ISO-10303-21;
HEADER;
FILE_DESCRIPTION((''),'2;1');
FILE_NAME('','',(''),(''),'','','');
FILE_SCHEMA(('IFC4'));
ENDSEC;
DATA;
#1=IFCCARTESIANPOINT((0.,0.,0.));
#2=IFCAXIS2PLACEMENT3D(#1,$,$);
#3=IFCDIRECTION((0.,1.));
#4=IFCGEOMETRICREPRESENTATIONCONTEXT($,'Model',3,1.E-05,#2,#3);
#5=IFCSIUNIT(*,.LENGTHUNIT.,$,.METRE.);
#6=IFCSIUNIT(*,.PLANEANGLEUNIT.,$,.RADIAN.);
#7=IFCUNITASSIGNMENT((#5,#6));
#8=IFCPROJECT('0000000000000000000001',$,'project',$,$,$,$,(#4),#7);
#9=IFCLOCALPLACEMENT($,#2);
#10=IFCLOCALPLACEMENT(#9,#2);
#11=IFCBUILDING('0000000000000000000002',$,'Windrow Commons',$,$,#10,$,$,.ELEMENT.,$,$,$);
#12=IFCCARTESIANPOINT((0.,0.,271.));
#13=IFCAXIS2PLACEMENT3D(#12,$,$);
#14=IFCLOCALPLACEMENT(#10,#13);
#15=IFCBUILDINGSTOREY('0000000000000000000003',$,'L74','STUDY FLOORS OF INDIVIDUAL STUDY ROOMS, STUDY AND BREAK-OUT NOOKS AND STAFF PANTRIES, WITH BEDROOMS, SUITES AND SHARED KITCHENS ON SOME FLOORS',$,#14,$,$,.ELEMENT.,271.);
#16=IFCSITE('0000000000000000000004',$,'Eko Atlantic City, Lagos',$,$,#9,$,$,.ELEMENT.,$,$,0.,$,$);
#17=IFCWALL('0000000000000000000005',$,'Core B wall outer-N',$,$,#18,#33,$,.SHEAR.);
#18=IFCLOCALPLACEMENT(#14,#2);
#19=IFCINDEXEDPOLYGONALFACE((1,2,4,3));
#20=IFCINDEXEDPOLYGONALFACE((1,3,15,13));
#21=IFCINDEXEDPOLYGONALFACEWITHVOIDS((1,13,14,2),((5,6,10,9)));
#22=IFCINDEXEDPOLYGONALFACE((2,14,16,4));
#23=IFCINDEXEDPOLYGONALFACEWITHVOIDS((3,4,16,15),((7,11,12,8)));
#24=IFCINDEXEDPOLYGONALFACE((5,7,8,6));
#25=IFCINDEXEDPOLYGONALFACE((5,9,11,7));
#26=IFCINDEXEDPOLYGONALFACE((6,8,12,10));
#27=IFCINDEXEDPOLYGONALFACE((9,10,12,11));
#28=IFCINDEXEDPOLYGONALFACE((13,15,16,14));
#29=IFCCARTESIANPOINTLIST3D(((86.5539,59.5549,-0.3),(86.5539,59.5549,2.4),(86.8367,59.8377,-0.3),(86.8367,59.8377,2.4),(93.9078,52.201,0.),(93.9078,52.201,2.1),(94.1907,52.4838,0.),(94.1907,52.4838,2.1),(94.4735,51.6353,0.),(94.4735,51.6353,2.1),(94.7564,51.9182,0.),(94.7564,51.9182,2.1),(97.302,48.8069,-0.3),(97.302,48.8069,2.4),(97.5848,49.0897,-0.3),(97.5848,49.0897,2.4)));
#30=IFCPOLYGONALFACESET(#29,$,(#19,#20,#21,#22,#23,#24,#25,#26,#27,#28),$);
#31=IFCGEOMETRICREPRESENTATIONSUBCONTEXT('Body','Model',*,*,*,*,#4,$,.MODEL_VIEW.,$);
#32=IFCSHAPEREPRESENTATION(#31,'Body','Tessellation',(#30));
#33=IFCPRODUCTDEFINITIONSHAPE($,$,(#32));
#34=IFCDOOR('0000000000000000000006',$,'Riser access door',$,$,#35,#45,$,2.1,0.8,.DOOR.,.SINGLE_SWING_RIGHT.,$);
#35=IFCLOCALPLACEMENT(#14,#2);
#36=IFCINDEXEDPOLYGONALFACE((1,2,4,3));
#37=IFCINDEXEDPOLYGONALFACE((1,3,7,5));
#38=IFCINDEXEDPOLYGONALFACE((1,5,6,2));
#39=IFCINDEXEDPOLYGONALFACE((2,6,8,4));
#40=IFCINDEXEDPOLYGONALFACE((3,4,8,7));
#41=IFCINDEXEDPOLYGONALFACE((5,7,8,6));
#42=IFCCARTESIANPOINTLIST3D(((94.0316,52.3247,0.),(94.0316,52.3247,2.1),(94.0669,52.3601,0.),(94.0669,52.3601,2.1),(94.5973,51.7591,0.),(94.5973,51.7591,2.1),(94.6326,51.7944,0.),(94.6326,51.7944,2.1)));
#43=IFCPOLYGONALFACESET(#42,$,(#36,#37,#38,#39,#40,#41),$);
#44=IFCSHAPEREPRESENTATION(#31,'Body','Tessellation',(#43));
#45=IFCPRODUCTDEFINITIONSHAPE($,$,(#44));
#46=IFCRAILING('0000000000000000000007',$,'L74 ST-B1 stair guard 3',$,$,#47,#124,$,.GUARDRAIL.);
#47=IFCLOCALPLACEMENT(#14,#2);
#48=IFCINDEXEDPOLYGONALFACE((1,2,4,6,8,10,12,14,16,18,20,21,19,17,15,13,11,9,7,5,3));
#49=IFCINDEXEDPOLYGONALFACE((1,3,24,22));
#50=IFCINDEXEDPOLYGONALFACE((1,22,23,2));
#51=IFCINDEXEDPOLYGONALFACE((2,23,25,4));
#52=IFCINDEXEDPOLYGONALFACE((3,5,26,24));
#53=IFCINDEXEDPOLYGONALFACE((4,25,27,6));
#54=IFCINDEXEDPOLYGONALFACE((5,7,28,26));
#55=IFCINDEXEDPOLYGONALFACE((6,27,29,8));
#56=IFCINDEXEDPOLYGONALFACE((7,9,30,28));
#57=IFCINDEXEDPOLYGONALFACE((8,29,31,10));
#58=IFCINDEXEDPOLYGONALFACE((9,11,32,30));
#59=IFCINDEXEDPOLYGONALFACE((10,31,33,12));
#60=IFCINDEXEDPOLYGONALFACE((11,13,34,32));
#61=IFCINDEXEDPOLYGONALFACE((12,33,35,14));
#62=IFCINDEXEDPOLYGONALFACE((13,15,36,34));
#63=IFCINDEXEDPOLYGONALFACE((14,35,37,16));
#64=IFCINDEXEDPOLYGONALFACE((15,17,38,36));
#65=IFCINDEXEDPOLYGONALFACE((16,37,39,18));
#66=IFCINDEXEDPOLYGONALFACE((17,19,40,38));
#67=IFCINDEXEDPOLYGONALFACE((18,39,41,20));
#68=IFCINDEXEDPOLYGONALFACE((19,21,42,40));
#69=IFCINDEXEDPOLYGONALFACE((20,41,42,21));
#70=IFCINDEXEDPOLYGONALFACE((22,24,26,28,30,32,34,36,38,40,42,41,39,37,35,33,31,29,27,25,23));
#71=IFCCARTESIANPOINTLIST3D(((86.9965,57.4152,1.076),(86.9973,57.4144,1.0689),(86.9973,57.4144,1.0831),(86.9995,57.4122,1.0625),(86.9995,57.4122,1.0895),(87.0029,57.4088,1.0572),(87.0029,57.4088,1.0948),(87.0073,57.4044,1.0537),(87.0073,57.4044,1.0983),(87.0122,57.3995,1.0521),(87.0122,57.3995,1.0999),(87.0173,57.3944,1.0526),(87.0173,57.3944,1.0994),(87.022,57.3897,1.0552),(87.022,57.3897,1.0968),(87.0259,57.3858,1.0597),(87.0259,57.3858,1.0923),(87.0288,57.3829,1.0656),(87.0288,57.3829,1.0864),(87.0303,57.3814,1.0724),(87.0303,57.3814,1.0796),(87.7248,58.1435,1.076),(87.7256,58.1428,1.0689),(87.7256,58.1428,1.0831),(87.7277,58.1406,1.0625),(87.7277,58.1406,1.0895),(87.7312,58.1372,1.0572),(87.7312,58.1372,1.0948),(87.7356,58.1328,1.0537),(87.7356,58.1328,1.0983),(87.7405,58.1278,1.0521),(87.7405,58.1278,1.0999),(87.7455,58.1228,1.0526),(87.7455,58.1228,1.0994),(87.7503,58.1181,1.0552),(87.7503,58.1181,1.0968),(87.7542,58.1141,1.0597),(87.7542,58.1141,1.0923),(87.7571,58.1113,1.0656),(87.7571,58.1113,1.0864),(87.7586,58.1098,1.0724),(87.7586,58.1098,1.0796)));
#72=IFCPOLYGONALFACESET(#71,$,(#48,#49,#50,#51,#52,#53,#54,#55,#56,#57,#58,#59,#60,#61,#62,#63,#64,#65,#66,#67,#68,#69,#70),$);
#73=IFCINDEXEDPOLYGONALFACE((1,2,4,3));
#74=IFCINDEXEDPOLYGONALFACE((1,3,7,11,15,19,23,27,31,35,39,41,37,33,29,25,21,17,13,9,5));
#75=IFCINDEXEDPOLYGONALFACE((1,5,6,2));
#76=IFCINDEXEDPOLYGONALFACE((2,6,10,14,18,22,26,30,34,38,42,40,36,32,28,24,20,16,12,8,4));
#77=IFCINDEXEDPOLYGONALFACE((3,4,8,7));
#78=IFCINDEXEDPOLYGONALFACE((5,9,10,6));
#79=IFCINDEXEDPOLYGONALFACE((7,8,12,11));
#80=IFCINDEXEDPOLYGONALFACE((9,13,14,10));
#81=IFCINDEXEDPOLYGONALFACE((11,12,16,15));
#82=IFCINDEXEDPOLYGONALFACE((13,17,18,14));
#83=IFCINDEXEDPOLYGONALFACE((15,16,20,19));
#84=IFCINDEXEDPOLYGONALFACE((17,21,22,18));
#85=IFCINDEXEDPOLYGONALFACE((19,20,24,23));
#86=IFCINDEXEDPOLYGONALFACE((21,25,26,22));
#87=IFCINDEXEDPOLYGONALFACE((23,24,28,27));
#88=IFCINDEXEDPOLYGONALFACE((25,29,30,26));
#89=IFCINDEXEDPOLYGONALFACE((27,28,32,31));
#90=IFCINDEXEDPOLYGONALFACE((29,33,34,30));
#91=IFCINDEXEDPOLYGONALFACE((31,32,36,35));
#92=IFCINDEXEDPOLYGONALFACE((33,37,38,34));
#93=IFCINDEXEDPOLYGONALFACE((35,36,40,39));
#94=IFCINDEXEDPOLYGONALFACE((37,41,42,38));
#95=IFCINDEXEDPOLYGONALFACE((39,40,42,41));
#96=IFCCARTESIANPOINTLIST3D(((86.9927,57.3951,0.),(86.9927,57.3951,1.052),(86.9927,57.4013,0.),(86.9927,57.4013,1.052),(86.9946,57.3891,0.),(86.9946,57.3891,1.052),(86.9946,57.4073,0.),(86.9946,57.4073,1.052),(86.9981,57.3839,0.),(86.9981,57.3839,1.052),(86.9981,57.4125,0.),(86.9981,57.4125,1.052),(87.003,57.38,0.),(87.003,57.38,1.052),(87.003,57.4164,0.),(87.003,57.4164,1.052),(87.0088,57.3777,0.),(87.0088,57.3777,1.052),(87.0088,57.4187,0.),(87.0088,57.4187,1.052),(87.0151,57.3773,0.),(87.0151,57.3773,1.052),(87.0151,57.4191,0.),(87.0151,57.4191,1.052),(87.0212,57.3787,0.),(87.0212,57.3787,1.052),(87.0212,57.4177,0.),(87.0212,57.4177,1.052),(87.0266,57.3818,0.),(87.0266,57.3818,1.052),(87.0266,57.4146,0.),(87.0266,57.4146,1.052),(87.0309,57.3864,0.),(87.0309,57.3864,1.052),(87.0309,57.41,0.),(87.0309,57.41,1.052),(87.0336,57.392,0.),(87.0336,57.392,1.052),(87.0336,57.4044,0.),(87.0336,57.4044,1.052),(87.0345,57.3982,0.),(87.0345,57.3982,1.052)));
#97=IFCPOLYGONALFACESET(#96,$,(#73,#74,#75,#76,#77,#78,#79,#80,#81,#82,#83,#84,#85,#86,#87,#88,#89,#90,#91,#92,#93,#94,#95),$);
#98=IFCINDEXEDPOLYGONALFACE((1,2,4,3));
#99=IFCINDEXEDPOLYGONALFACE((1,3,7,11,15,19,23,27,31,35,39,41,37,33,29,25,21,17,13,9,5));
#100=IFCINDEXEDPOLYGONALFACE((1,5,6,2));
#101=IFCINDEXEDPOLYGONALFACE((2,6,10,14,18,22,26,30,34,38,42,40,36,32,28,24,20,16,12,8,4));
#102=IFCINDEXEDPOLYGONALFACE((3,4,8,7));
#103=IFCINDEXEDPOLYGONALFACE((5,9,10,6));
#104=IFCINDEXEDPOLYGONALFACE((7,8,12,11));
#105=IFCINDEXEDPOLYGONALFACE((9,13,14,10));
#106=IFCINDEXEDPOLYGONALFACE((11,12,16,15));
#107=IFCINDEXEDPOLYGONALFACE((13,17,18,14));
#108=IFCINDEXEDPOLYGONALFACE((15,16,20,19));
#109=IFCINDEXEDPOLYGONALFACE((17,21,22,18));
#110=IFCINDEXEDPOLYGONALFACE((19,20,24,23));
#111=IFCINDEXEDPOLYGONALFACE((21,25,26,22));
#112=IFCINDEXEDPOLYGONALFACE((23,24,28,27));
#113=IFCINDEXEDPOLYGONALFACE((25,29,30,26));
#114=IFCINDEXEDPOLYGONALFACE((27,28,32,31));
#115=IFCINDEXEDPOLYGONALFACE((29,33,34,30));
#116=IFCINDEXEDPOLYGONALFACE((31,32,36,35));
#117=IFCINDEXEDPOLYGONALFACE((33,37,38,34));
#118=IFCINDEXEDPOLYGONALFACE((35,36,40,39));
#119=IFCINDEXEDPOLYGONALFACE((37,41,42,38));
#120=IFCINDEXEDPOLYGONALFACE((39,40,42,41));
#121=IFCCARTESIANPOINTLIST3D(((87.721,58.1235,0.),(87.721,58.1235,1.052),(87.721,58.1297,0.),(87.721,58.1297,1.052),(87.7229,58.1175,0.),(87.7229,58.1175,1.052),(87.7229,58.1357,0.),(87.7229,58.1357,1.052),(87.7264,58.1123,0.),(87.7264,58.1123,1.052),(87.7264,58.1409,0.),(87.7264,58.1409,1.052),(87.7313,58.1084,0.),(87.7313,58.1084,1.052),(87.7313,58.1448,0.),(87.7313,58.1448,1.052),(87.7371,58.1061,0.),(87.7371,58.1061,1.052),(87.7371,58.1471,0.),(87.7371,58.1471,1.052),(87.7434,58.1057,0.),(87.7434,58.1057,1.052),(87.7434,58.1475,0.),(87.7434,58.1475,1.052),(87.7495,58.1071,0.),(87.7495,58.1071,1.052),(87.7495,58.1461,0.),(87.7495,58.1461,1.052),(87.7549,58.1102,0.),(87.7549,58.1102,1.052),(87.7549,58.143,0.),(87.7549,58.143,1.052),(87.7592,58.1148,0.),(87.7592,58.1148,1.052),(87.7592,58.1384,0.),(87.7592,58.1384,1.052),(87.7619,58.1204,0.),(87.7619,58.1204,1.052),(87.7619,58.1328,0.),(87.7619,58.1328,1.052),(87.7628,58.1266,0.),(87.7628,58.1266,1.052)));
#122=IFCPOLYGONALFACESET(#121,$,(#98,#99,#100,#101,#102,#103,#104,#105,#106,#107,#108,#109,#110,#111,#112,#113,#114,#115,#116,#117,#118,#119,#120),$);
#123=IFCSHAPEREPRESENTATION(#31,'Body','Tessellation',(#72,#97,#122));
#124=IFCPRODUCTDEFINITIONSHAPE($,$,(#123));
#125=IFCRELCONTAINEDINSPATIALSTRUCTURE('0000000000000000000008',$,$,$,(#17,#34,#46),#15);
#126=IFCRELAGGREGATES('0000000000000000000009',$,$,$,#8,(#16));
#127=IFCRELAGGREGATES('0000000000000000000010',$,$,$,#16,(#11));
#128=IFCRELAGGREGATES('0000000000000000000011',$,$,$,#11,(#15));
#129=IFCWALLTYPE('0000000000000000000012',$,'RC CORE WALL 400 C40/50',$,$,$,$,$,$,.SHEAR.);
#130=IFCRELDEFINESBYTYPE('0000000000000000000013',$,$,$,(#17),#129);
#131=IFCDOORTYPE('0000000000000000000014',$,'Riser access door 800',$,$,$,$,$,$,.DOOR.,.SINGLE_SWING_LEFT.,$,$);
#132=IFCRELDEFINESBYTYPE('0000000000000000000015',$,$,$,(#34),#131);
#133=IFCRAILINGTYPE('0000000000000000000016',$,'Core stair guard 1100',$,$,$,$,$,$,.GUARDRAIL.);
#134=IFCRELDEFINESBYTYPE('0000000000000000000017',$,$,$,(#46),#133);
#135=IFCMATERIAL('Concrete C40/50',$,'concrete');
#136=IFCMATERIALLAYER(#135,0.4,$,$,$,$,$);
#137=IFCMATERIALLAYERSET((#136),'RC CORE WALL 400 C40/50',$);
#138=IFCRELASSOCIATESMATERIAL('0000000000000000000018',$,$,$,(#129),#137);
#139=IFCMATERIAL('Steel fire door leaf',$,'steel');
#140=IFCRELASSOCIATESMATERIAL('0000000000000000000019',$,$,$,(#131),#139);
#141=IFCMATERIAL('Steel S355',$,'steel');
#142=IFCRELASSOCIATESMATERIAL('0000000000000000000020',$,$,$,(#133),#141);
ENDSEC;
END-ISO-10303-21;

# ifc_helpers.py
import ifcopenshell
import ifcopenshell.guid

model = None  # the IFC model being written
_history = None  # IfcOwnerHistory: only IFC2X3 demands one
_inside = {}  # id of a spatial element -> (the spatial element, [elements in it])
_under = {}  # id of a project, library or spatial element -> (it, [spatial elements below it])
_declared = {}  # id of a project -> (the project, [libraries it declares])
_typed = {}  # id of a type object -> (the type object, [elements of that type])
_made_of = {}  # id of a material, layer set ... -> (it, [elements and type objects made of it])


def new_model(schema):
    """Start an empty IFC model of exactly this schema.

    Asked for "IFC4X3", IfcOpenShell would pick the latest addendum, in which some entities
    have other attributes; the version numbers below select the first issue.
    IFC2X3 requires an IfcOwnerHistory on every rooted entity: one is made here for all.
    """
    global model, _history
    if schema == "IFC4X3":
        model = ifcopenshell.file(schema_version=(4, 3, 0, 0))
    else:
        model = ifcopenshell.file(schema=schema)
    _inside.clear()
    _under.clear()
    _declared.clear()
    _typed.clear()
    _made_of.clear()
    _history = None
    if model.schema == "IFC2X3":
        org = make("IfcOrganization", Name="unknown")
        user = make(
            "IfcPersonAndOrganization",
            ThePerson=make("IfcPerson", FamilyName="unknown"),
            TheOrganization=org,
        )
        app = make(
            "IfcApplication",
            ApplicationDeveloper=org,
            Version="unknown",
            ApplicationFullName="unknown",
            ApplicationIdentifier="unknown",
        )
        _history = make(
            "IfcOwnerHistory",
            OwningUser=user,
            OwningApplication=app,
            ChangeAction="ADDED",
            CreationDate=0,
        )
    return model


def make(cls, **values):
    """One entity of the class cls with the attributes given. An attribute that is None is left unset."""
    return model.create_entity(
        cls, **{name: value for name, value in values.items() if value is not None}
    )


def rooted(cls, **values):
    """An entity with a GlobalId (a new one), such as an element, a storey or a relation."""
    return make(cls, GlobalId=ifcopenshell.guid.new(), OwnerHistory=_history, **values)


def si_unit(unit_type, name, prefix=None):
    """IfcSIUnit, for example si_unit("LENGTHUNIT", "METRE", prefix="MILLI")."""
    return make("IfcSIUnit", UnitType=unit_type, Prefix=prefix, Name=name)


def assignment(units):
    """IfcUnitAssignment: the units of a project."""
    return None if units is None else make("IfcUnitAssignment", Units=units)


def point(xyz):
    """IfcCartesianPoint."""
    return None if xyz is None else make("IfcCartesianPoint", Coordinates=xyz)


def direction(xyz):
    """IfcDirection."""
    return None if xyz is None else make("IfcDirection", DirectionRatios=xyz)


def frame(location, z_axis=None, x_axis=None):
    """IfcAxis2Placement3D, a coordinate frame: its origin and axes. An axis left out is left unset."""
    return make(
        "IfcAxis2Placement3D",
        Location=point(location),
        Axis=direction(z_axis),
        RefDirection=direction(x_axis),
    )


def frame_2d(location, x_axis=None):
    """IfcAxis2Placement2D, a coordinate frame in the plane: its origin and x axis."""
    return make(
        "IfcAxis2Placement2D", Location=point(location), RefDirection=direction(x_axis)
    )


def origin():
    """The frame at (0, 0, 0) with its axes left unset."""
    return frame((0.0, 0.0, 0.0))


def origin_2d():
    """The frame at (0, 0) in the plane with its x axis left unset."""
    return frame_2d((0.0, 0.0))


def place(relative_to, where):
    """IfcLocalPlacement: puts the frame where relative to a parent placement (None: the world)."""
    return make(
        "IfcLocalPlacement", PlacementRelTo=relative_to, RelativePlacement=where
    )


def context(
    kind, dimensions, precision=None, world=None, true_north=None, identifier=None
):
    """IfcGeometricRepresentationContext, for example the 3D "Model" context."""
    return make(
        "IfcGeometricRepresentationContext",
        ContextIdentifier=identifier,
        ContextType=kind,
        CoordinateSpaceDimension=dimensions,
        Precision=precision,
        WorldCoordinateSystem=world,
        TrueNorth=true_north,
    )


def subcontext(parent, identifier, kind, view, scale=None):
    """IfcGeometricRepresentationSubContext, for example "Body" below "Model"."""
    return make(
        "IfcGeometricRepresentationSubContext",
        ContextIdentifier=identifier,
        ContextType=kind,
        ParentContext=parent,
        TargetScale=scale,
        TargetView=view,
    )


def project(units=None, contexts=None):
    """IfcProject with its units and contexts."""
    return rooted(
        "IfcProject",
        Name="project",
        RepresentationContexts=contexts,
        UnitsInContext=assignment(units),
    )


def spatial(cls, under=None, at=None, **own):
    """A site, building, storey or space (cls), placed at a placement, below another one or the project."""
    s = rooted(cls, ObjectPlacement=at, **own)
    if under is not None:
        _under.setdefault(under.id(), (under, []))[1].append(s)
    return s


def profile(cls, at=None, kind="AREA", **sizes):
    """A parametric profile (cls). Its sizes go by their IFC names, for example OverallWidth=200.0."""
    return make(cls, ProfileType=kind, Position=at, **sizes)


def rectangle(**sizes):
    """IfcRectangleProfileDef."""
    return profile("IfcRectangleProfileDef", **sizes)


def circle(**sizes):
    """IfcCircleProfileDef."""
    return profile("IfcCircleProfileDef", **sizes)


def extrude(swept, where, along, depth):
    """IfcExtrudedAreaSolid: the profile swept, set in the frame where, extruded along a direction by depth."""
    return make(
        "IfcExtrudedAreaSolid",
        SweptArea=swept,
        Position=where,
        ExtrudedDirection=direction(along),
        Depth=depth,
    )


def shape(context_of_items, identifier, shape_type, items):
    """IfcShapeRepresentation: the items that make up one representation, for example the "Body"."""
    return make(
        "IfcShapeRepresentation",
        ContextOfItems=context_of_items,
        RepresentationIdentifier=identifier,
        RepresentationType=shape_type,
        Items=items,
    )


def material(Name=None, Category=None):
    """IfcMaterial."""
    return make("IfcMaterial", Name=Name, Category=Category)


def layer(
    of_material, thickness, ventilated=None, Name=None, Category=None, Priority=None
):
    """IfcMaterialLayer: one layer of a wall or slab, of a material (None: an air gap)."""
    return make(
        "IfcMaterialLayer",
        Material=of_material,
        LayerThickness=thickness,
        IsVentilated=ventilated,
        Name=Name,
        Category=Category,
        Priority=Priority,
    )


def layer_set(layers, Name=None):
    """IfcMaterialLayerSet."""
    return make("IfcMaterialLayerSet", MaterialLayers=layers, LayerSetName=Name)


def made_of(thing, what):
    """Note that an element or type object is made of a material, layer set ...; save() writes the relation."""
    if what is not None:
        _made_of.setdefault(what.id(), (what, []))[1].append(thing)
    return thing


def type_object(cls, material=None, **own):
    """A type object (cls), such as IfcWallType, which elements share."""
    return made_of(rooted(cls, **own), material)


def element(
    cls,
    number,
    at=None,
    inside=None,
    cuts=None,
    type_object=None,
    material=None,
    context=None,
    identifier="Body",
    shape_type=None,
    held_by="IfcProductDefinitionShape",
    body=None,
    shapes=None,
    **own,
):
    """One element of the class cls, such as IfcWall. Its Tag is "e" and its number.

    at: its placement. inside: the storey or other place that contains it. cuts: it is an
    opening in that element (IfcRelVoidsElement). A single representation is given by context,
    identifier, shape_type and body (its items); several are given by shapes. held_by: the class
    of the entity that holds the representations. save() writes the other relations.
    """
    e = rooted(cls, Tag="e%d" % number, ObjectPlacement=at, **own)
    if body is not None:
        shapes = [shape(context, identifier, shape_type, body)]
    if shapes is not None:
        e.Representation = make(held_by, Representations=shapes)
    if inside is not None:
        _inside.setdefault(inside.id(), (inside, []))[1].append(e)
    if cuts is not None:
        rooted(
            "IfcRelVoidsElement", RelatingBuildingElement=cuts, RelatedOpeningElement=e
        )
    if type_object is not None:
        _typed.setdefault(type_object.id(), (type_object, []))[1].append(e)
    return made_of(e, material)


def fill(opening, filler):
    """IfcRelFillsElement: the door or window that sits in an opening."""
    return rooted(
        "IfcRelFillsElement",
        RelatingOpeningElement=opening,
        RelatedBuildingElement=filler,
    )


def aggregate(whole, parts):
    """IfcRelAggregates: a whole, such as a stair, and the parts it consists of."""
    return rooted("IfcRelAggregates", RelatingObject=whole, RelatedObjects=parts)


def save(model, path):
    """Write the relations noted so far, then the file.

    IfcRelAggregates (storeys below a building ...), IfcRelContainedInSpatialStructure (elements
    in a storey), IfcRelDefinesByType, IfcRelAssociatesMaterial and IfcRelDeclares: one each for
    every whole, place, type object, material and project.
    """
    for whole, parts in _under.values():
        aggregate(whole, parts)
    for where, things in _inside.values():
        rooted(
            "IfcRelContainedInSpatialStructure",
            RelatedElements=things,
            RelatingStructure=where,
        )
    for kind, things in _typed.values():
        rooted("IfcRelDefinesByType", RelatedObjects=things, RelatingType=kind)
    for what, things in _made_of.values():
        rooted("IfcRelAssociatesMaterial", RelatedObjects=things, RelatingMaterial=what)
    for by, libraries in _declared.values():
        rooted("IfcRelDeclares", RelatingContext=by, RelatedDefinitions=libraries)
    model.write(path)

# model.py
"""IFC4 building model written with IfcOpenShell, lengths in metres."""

from ifc_helpers import new_model, si_unit, direction, frame, frame_2d, origin, origin_2d, place, context, subcontext, project, spatial, rectangle, circle, extrude, material, layer, layer_set, type_object, element, fill, save


model = new_model("IFC4")

# Units and contexts
model_context = context("Model", 3, precision=1e-05, world=origin(), true_north=direction((0.0, 1.0)))
body_context = subcontext(model_context, "Body", "Model", "MODEL_VIEW")
ifc_project = project(units=[si_unit("LENGTHUNIT", "METRE"), si_unit("PLANEANGLEUNIT", "RADIAN")], contexts=[model_context])

# Site, building, storey
site_placement = place(None, origin())
site = spatial("IfcSite", under=ifc_project, at=site_placement, Name="Eko Atlantic City, Lagos", CompositionType="ELEMENT", RefElevation=0.0)
building_placement = place(site_placement, origin())
building = spatial("IfcBuilding", under=site, at=building_placement, Name="Windrow Commons", CompositionType="ELEMENT")
storey_placement = place(building_placement, frame((0.0, 0.0, 271.0)))
storey = spatial("IfcBuildingStorey", under=building, at=storey_placement, Name="L74", Description="STUDY FLOORS OF INDIVIDUAL STUDY ROOMS, STUDY AND BREAK-OUT NOOKS AND STAFF PANTRIES, WITH BEDROOMS, SUITES AND SHARED KITCHENS ON SOME FLOORS", CompositionType="ELEMENT", Elevation=271.0)

# Wall, opening, door
ifc_material_1 = material(Name="Concrete C40/50", Category="concrete")
ifc_layer_1 = layer(ifc_material_1, 0.4)
ifc_layer_set_1 = layer_set([ifc_layer_1], Name="RC CORE WALL 400 C40/50")
wall_type_1 = type_object("IfcWallType", Name="RC CORE WALL 400 C40/50", PredefinedType="SHEAR", material=ifc_layer_set_1)
wall_1_placement = place(storey_placement, frame((86.6953, 59.6963, -0.3), z_axis=(0.0, 0.0, 1.0), x_axis=(0.70711, -0.707103, 0.0)))
wall_1 = element("IfcWall", 1, at=wall_1_placement, inside=storey, type_object=wall_type_1, Name="Core B wall outer-N", PredefinedType="SHEAR", context=body_context, shape_type="SweptSolid", body=[
    extrude(rectangle(XDim=15.2, YDim=0.4, at=frame_2d((7.6, 0.0))), origin(), (0.0, 0.0, 1.0), 2.7),
])
opening_1_placement = place(wall_1_placement, frame((10.4, 0.0, 0.3)))
opening_1 = element("IfcOpeningElement", 2, at=opening_1_placement, cuts=wall_1, PredefinedType="OPENING", context=body_context, shape_type="SweptSolid", body=[
    extrude(rectangle(XDim=0.8, YDim=2.1, at=frame_2d((0.4, 1.05))), frame((0.0, 0.21, 0.0), z_axis=(0.0, -1.0, 0.0), x_axis=(1.0, 0.0, 0.0)), (0.0, 0.0, 1.0), 0.42),
])
ifc_material_2 = material(Name="Steel fire door leaf", Category="steel")
door_type_1 = type_object("IfcDoorType", Name="Riser access door 800", OperationType="SINGLE_SWING_LEFT", PredefinedType="DOOR", material=ifc_material_2)
door_1_placement = place(opening_1_placement, origin())
door_1 = element("IfcDoor", 3, at=door_1_placement, inside=storey, type_object=door_type_1, Name="Riser access door", OperationType="SINGLE_SWING_RIGHT", OverallHeight=2.1, OverallWidth=0.8, PredefinedType="DOOR", context=body_context, shape_type="SweptSolid", body=[
    extrude(rectangle(XDim=0.8, YDim=2.1, at=frame_2d((0.4, 1.05))), frame((0.0, 0.025, 0.0), z_axis=(0.0, -1.0, 0.0), x_axis=(1.0, 0.0, 0.0)), (0.0, 0.0, 1.0), 0.05),
])
fill(opening_1, door_1)

# Railing
ifc_material_3 = material(Name="Steel S355", Category="steel")
railing_type = type_object("IfcRailingType", Name="Core stair guard 1100", PredefinedType="GUARDRAIL", material=ifc_material_3)
railing_placement = place(storey_placement, frame((87.0135, 57.3982, 0.0)))
element("IfcRailing", 4, at=railing_placement, inside=storey, type_object=railing_type, Name="L74 ST-B1 stair guard 3", PredefinedType="GUARDRAIL", context=body_context, shape_type="SweptSolid", body=[
    extrude(circle(Radius=0.024, at=origin_2d()), frame((0.0, 0.0, 1.076), z_axis=(0.707058, 0.707155, 0.0), x_axis=(-0.707155, 0.707058, 0.0)), (0.0, 0.0, 1.0), 1.03),
    extrude(circle(Radius=0.021, at=origin_2d()), origin(), (0.0, 0.0, 1.0), 1.052),
    extrude(circle(Radius=0.021, at=origin_2d()), frame((0.7283, 0.7284, 0.0)), (0.0, 0.0, 1.0), 1.052),
])

save(model, "model.ifc")
